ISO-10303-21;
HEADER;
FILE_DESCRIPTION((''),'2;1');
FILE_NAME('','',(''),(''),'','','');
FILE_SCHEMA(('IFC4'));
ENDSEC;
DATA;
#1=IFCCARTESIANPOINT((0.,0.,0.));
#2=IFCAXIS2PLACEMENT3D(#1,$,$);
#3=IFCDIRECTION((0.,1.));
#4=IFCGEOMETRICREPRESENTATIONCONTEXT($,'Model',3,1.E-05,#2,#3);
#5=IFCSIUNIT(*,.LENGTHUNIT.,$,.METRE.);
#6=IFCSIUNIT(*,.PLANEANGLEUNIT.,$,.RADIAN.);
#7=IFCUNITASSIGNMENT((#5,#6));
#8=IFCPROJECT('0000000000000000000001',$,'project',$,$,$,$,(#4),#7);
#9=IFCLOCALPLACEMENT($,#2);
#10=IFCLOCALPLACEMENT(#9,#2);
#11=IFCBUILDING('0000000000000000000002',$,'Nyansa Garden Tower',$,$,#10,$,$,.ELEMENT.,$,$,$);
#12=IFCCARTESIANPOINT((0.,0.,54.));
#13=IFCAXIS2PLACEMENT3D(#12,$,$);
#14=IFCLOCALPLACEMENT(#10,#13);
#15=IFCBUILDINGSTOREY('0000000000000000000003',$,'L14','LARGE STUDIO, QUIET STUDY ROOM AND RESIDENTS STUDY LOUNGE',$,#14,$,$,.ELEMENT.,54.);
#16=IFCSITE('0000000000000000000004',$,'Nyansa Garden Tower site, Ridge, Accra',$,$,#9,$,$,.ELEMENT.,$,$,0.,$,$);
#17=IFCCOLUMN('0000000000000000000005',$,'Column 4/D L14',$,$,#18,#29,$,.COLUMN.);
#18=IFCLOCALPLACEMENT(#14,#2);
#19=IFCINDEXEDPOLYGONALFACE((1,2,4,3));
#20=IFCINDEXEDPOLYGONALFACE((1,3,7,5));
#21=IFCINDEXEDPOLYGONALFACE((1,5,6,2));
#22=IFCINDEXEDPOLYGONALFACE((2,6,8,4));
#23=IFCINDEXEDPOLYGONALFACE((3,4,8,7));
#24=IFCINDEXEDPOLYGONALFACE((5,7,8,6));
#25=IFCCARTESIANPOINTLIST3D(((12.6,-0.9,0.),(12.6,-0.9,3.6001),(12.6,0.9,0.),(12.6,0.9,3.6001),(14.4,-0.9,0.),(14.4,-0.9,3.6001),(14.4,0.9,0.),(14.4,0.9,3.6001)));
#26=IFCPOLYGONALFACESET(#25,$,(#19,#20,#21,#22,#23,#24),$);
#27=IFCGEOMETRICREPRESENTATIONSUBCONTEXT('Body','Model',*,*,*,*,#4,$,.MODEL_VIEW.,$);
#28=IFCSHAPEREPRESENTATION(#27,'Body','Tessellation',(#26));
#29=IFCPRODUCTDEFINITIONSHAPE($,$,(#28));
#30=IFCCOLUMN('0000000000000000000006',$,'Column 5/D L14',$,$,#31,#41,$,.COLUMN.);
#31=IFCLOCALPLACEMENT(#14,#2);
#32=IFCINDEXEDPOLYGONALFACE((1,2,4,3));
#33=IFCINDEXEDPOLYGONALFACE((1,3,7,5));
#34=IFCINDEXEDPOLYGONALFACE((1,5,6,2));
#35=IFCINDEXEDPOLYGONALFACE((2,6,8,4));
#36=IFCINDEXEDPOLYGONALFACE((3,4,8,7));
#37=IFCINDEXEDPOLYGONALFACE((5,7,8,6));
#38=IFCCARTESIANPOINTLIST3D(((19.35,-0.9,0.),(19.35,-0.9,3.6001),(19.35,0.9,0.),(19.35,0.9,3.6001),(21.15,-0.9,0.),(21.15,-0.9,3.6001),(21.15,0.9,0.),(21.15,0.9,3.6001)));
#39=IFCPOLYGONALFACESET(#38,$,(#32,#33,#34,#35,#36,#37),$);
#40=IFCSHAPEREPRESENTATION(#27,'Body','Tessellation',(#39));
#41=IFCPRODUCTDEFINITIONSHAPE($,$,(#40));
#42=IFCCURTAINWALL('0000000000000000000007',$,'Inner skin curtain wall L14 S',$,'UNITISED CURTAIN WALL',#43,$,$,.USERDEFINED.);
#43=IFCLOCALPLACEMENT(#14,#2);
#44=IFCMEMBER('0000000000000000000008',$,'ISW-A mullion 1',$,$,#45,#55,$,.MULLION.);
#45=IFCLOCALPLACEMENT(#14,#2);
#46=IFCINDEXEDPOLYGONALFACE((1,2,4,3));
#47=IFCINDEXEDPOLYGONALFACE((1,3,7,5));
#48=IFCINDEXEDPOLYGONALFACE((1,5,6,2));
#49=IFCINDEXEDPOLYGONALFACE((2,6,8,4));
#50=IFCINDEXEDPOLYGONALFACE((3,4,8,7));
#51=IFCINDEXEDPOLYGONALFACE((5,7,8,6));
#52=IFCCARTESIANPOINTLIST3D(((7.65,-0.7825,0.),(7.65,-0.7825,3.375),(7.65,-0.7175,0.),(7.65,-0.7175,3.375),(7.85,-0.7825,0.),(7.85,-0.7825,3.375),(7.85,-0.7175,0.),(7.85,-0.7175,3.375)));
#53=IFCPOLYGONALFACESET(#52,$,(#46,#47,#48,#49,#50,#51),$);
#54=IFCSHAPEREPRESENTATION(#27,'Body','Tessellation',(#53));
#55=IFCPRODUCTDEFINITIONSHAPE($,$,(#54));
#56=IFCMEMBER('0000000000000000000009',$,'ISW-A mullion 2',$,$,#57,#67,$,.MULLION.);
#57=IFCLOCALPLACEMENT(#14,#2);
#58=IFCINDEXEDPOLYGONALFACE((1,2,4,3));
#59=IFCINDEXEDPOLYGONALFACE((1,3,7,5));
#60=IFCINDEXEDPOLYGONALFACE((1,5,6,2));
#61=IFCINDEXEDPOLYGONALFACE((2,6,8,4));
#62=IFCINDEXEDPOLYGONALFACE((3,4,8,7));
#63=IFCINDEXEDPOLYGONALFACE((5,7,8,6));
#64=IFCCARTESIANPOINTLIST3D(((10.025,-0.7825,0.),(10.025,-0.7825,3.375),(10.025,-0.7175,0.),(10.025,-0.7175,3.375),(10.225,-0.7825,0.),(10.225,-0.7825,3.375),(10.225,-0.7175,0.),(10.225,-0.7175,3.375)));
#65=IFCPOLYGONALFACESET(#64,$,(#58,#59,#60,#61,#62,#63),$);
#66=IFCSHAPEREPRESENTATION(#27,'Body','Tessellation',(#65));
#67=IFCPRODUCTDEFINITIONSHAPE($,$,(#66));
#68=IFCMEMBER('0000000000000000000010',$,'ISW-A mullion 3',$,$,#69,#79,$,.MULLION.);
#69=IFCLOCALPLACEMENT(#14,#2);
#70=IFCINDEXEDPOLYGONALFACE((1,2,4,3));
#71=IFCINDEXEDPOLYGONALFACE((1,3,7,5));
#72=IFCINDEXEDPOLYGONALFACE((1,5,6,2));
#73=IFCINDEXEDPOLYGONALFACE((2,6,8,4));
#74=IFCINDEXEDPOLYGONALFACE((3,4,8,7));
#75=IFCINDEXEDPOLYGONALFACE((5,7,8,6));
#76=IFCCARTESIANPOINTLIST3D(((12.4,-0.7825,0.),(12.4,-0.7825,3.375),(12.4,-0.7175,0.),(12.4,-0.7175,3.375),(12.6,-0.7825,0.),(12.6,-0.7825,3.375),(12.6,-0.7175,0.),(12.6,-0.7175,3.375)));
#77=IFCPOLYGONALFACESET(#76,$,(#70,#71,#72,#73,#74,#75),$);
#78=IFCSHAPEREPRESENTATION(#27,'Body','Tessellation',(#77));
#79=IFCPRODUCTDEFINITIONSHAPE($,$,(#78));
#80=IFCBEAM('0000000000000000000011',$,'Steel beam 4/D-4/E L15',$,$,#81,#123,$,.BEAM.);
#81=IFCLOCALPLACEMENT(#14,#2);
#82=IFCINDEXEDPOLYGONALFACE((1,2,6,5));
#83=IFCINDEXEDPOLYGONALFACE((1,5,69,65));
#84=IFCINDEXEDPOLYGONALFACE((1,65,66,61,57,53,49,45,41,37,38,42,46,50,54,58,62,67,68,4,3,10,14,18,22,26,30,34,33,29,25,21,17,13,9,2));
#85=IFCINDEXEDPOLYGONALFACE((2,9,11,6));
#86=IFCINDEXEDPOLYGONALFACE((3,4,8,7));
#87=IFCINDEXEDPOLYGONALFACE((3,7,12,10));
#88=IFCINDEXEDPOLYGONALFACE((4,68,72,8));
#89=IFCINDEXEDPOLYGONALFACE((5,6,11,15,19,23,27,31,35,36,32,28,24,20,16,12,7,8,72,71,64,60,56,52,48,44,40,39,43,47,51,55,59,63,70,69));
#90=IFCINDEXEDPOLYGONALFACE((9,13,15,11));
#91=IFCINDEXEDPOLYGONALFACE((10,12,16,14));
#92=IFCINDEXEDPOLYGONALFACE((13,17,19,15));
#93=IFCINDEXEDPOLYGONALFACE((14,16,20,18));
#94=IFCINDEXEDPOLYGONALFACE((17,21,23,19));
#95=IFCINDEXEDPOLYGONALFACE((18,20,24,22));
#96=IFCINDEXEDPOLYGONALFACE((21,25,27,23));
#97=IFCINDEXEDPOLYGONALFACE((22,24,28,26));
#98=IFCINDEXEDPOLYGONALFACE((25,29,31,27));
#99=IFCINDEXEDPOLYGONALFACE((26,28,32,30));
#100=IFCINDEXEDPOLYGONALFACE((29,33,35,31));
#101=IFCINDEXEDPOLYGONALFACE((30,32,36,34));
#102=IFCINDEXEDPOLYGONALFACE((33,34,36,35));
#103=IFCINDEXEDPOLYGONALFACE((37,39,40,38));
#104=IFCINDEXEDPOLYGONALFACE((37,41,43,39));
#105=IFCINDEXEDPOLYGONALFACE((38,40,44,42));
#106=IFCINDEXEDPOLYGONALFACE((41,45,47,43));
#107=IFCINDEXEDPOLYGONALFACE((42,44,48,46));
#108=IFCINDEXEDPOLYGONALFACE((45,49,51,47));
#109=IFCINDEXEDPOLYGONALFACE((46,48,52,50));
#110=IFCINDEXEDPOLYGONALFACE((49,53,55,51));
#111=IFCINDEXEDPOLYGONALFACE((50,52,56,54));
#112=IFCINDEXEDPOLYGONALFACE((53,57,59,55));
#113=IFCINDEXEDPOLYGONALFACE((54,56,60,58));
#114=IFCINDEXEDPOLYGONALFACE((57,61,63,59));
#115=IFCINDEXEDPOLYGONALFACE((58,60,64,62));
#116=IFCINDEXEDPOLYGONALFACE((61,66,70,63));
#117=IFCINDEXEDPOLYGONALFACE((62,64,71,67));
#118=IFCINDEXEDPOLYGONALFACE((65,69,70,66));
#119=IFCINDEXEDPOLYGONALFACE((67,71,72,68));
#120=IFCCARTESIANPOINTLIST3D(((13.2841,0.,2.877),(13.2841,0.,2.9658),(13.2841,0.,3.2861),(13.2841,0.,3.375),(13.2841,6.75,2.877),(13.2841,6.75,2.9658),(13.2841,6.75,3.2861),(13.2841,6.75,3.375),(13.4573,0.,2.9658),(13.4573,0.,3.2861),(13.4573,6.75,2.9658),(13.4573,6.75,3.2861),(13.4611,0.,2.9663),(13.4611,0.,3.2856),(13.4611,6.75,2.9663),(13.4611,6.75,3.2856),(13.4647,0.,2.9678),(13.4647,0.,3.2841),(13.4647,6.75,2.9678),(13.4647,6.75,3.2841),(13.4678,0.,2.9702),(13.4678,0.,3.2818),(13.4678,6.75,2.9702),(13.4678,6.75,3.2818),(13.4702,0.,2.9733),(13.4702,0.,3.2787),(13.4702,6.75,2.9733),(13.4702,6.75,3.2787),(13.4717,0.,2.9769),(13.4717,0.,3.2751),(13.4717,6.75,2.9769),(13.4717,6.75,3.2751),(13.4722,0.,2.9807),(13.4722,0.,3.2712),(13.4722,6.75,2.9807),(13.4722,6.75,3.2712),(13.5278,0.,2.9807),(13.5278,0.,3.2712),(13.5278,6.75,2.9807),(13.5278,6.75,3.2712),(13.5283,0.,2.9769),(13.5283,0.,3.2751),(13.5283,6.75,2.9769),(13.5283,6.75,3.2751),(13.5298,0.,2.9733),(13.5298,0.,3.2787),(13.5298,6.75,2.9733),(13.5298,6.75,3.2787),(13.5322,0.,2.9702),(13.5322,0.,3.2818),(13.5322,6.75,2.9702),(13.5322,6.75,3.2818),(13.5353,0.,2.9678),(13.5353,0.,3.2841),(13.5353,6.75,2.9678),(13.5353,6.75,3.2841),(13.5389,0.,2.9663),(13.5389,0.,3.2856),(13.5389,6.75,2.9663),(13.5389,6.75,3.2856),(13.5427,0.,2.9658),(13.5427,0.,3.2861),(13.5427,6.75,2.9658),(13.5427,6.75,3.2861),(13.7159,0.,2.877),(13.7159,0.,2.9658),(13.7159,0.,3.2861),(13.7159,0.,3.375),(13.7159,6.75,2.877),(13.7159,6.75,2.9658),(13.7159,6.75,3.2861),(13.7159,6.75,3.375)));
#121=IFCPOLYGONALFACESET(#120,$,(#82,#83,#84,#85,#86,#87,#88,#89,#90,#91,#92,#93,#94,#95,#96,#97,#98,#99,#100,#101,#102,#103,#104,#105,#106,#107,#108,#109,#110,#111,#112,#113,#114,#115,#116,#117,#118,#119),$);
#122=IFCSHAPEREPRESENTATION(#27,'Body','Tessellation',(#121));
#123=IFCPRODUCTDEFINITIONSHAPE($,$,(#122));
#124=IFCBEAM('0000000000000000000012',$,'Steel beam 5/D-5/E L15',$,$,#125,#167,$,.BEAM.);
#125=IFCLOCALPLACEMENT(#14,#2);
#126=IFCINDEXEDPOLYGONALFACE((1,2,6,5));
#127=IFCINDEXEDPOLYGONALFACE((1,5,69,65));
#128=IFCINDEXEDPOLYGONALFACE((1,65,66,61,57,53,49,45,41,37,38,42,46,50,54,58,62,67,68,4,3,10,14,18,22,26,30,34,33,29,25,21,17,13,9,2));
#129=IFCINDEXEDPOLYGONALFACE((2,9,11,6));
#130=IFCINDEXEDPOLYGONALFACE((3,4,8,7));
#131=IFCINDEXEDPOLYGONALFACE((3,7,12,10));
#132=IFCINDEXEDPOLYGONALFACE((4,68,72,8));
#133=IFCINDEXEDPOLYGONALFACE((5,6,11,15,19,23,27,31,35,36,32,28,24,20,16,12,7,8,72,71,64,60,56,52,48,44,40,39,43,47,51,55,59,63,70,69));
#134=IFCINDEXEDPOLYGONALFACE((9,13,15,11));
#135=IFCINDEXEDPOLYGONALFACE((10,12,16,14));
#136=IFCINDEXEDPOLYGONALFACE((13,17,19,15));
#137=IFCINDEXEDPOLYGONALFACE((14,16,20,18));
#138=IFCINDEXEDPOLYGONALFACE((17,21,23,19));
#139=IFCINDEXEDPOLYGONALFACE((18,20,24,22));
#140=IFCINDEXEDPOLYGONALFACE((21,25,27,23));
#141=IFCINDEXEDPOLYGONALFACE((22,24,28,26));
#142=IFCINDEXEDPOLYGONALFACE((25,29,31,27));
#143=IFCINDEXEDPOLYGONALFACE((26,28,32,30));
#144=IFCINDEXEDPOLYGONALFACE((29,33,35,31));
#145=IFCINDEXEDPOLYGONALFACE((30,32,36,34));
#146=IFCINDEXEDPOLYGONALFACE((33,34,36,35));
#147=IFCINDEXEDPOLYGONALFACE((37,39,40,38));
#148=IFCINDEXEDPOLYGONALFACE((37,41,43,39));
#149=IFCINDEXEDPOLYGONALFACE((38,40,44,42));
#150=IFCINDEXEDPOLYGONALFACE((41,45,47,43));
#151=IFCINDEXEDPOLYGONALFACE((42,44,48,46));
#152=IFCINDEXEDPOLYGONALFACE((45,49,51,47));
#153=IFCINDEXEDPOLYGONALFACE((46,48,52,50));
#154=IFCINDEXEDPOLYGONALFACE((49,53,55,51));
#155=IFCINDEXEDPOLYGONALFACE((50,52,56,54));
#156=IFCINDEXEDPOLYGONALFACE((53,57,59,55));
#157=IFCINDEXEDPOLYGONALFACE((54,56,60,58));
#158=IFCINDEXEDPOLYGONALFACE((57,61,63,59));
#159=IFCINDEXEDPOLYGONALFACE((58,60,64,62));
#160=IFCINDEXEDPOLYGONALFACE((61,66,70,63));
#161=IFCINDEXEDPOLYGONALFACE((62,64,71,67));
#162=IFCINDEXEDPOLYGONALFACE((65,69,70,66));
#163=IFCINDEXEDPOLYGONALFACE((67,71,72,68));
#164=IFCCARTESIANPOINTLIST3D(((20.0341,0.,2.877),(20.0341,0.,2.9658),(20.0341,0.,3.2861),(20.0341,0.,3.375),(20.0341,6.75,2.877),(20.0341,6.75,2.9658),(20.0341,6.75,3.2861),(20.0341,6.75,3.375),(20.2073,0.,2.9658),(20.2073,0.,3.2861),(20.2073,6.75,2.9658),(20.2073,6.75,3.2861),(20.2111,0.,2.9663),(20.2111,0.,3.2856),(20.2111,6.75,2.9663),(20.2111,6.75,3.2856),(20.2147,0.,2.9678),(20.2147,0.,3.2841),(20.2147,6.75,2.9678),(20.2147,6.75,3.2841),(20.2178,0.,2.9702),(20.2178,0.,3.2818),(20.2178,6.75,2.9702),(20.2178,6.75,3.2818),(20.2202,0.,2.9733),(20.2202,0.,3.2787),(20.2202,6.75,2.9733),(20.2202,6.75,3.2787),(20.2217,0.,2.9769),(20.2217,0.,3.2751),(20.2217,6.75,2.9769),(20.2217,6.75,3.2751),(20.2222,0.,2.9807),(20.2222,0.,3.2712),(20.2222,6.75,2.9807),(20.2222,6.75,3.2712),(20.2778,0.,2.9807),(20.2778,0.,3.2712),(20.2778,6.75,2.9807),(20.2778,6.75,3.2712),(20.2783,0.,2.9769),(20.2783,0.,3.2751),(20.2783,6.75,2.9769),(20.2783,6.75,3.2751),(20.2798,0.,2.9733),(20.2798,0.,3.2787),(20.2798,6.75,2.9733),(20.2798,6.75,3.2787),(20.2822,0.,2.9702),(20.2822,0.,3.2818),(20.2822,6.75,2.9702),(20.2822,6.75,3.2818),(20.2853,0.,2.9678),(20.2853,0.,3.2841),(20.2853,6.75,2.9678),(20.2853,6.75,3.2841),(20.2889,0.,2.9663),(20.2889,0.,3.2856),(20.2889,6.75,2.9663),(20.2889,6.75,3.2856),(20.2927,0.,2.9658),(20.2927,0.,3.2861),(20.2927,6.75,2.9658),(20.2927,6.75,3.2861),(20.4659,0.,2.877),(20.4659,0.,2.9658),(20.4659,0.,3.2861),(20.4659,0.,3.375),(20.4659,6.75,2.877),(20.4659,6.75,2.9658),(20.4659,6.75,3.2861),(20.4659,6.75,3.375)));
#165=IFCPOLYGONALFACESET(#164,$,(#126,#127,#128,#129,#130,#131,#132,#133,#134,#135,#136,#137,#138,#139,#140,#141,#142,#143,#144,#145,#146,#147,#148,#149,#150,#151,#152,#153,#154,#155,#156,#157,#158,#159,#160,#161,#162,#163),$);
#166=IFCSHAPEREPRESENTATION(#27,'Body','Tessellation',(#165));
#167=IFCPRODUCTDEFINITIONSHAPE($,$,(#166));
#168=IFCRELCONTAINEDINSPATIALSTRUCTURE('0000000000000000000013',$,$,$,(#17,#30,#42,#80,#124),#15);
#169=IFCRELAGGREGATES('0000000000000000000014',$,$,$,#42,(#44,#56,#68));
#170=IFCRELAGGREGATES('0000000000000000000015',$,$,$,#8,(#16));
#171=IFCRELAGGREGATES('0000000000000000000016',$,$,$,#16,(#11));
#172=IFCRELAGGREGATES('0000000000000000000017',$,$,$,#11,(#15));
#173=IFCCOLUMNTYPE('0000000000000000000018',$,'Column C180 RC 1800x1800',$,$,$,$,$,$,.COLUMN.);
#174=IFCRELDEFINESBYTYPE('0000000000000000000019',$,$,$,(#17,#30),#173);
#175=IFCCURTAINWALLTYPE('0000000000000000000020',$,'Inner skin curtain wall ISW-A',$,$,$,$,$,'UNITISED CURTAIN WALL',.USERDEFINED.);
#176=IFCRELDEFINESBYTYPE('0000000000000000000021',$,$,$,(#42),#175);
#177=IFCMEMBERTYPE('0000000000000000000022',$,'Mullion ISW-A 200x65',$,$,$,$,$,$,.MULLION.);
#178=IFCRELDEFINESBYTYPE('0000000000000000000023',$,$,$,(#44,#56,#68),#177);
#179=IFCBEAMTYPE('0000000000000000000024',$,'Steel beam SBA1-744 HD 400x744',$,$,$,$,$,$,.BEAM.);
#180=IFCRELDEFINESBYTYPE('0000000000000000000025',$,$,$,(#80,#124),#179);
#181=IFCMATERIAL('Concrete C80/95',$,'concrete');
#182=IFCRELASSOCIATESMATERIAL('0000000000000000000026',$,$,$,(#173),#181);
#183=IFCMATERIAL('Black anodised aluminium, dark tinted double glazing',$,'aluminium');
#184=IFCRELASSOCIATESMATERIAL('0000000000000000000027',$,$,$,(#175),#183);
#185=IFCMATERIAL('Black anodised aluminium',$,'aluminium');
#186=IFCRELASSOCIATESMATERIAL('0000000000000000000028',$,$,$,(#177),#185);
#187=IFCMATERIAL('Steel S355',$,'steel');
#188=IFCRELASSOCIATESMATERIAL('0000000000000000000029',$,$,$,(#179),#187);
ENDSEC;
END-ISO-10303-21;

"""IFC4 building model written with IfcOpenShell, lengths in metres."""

from ifc_helpers import new_model, si_unit, direction, frame, origin, origin_2d, place, context, subcontext, project, spatial, rectangle, i_section, extrude, material, material_profile, profile_set, type_object, element, aggregate, save


model = new_model("IFC4")

# Units and contexts
model_context = context("Model", 3, precision=1e-05, world=origin(), true_north=direction((0.0, 1.0)))
body_context = subcontext(model_context, "Body", "Model", "MODEL_VIEW")
ifc_project = project(units=[si_unit("LENGTHUNIT", "METRE"), si_unit("PLANEANGLEUNIT", "RADIAN")], contexts=[model_context])

# Site, building, storey
site_placement = place(None, origin())
site = spatial("IfcSite", under=ifc_project, at=site_placement, Name="Nyansa Garden Tower site, Ridge, Accra", CompositionType="ELEMENT", RefElevation=0.0)
building_placement = place(site_placement, origin())
building = spatial("IfcBuilding", under=site, at=building_placement, Name="Nyansa Garden Tower", CompositionType="ELEMENT")
storey_placement = place(building_placement, frame((0.0, 0.0, 54.0)))
storey = spatial("IfcBuildingStorey", under=building, at=storey_placement, Name="L14", Description="LARGE STUDIO, QUIET STUDY ROOM AND RESIDENTS STUDY LOUNGE", CompositionType="ELEMENT", Elevation=54.0)

# Columns
ifc_material_1 = material(Name="Concrete C80/95", Category="concrete")
ifc_material_profile_1 = material_profile(ifc_material_1, rectangle(XDim=1.8, YDim=1.8, at=origin_2d()), Name="RC 1800x1800")
ifc_profile_set_1 = profile_set([ifc_material_profile_1], Name="Concrete C80/95")
column_type = type_object("IfcColumnType", Name="Column C180 RC 1800x1800", PredefinedType="COLUMN", material=ifc_profile_set_1)
for number, where, z_axis, x_axis, name in (
    (1, (13.5, 0.0, 0.0), (0.0, 0.0, 1.0), (1.0, 0.0, 0.0), "Column 4/D L14"),
    (2, (20.25, 0.0, 0.0), (0.0, 0.0, 1.0), (1.0, 0.0, 0.0), "Column 5/D L14"),
):
    element("IfcColumn", number, at=place(storey_placement, frame(where, z_axis=z_axis, x_axis=x_axis)), inside=storey, type_object=column_type, Name=name, PredefinedType="COLUMN", context=body_context, shape_type="SweptSolid", body=[
        extrude(rectangle(XDim=1.8, YDim=1.8, at=origin_2d()), origin(), (0.0, 0.0, 1.0), 3.6001),
    ])

# Curtain wall, members
ifc_material_2 = material(Name="Black anodised aluminium, dark tinted double glazing", Category="aluminium")
curtain_wall_type = type_object("IfcCurtainWallType", Name="Inner skin curtain wall ISW-A", ElementType="UNITISED CURTAIN WALL", PredefinedType="USERDEFINED", material=ifc_material_2)
curtain_wall_placement = place(storey_placement, origin())
curtain_wall = element("IfcCurtainWall", 3, at=curtain_wall_placement, inside=storey, type_object=curtain_wall_type, Name="Inner skin curtain wall L14 S", ObjectType="UNITISED CURTAIN WALL", PredefinedType="USERDEFINED")
ifc_material_3 = material(Name="Black anodised aluminium", Category="aluminium")
ifc_material_profile_2 = material_profile(ifc_material_3, rectangle(XDim=0.0649, YDim=0.2, at=origin_2d()), Name="Mullion 200x65")
ifc_profile_set_2 = profile_set([ifc_material_profile_2], Name="Black anodised aluminium")
member_type_1 = type_object("IfcMemberType", Name="Mullion ISW-A 200x65", PredefinedType="MULLION", material=ifc_profile_set_2)
member_1_placement = place(storey_placement, frame((7.75, -0.75, 0.0), z_axis=(0.0, 0.0, 1.0), x_axis=(0.0, 1.0, 0.0)))
member_1 = element("IfcMember", 4, at=member_1_placement, type_object=member_type_1, Name="ISW-A mullion 1", PredefinedType="MULLION", context=body_context, shape_type="SweptSolid", body=[
    extrude(rectangle(XDim=0.0649, YDim=0.2, at=origin_2d()), origin(), (0.0, 0.0, 1.0), 3.375),
])
member_2_placement = place(storey_placement, frame((10.125, -0.75, 0.0), z_axis=(0.0, 0.0, 1.0), x_axis=(0.0, 1.0, 0.0)))
member_2 = element("IfcMember", 5, at=member_2_placement, type_object=member_type_1, Name="ISW-A mullion 2", PredefinedType="MULLION", context=body_context, shape_type="SweptSolid", body=[
    extrude(rectangle(XDim=0.0649, YDim=0.2, at=origin_2d()), origin(), (0.0, 0.0, 1.0), 3.375),
])
member_3_placement = place(storey_placement, frame((12.5, -0.75, 0.0), z_axis=(0.0, 0.0, 1.0), x_axis=(0.0, 1.0, 0.0)))
member_3 = element("IfcMember", 6, at=member_3_placement, type_object=member_type_1, Name="ISW-A mullion 3", PredefinedType="MULLION", context=body_context, shape_type="SweptSolid", body=[
    extrude(rectangle(XDim=0.0649, YDim=0.2, at=origin_2d()), origin(), (0.0, 0.0, 1.0), 3.375),
])

# Beams
ifc_material_4 = material(Name="Steel S355", Category="steel")
ifc_material_profile_3 = material_profile(ifc_material_4, i_section(OverallWidth=0.4319, OverallDepth=0.498, WebThickness=0.0557, FlangeThickness=0.0889, FilletRadius=0.0149, at=origin_2d()), Name="HD 400x744")
ifc_profile_set_3 = profile_set([ifc_material_profile_3], Name="Steel S355")
beam_type_1 = type_object("IfcBeamType", Name="Steel beam SBA1-744 HD 400x744", PredefinedType="BEAM", material=ifc_profile_set_3)
for number, where, z_axis, x_axis, name in (
    (7, (13.5, 0.0, 3.126), (0.0, 1.0, 0.0), (-1.0, 0.0, 0.0), "Steel beam 4/D-4/E L15"),
    (8, (20.25, 0.0, 3.126), (0.0, 1.0, 0.0), (-1.0, 0.0, 0.0), "Steel beam 5/D-5/E L15"),
):
    element("IfcBeam", number, at=place(storey_placement, frame(where, z_axis=z_axis, x_axis=x_axis)), inside=storey, type_object=beam_type_1, Name=name, PredefinedType="BEAM", context=body_context, shape_type="SweptSolid", body=[
        extrude(i_section(OverallWidth=0.4319, OverallDepth=0.498, WebThickness=0.0557, FlangeThickness=0.0889, FilletRadius=0.0149, at=origin_2d()), origin(), (0.0, 0.0, 1.0), 6.75),
    ])

aggregate(curtain_wall, [member_1, member_2, member_3])

save(model, "model.ifc")
